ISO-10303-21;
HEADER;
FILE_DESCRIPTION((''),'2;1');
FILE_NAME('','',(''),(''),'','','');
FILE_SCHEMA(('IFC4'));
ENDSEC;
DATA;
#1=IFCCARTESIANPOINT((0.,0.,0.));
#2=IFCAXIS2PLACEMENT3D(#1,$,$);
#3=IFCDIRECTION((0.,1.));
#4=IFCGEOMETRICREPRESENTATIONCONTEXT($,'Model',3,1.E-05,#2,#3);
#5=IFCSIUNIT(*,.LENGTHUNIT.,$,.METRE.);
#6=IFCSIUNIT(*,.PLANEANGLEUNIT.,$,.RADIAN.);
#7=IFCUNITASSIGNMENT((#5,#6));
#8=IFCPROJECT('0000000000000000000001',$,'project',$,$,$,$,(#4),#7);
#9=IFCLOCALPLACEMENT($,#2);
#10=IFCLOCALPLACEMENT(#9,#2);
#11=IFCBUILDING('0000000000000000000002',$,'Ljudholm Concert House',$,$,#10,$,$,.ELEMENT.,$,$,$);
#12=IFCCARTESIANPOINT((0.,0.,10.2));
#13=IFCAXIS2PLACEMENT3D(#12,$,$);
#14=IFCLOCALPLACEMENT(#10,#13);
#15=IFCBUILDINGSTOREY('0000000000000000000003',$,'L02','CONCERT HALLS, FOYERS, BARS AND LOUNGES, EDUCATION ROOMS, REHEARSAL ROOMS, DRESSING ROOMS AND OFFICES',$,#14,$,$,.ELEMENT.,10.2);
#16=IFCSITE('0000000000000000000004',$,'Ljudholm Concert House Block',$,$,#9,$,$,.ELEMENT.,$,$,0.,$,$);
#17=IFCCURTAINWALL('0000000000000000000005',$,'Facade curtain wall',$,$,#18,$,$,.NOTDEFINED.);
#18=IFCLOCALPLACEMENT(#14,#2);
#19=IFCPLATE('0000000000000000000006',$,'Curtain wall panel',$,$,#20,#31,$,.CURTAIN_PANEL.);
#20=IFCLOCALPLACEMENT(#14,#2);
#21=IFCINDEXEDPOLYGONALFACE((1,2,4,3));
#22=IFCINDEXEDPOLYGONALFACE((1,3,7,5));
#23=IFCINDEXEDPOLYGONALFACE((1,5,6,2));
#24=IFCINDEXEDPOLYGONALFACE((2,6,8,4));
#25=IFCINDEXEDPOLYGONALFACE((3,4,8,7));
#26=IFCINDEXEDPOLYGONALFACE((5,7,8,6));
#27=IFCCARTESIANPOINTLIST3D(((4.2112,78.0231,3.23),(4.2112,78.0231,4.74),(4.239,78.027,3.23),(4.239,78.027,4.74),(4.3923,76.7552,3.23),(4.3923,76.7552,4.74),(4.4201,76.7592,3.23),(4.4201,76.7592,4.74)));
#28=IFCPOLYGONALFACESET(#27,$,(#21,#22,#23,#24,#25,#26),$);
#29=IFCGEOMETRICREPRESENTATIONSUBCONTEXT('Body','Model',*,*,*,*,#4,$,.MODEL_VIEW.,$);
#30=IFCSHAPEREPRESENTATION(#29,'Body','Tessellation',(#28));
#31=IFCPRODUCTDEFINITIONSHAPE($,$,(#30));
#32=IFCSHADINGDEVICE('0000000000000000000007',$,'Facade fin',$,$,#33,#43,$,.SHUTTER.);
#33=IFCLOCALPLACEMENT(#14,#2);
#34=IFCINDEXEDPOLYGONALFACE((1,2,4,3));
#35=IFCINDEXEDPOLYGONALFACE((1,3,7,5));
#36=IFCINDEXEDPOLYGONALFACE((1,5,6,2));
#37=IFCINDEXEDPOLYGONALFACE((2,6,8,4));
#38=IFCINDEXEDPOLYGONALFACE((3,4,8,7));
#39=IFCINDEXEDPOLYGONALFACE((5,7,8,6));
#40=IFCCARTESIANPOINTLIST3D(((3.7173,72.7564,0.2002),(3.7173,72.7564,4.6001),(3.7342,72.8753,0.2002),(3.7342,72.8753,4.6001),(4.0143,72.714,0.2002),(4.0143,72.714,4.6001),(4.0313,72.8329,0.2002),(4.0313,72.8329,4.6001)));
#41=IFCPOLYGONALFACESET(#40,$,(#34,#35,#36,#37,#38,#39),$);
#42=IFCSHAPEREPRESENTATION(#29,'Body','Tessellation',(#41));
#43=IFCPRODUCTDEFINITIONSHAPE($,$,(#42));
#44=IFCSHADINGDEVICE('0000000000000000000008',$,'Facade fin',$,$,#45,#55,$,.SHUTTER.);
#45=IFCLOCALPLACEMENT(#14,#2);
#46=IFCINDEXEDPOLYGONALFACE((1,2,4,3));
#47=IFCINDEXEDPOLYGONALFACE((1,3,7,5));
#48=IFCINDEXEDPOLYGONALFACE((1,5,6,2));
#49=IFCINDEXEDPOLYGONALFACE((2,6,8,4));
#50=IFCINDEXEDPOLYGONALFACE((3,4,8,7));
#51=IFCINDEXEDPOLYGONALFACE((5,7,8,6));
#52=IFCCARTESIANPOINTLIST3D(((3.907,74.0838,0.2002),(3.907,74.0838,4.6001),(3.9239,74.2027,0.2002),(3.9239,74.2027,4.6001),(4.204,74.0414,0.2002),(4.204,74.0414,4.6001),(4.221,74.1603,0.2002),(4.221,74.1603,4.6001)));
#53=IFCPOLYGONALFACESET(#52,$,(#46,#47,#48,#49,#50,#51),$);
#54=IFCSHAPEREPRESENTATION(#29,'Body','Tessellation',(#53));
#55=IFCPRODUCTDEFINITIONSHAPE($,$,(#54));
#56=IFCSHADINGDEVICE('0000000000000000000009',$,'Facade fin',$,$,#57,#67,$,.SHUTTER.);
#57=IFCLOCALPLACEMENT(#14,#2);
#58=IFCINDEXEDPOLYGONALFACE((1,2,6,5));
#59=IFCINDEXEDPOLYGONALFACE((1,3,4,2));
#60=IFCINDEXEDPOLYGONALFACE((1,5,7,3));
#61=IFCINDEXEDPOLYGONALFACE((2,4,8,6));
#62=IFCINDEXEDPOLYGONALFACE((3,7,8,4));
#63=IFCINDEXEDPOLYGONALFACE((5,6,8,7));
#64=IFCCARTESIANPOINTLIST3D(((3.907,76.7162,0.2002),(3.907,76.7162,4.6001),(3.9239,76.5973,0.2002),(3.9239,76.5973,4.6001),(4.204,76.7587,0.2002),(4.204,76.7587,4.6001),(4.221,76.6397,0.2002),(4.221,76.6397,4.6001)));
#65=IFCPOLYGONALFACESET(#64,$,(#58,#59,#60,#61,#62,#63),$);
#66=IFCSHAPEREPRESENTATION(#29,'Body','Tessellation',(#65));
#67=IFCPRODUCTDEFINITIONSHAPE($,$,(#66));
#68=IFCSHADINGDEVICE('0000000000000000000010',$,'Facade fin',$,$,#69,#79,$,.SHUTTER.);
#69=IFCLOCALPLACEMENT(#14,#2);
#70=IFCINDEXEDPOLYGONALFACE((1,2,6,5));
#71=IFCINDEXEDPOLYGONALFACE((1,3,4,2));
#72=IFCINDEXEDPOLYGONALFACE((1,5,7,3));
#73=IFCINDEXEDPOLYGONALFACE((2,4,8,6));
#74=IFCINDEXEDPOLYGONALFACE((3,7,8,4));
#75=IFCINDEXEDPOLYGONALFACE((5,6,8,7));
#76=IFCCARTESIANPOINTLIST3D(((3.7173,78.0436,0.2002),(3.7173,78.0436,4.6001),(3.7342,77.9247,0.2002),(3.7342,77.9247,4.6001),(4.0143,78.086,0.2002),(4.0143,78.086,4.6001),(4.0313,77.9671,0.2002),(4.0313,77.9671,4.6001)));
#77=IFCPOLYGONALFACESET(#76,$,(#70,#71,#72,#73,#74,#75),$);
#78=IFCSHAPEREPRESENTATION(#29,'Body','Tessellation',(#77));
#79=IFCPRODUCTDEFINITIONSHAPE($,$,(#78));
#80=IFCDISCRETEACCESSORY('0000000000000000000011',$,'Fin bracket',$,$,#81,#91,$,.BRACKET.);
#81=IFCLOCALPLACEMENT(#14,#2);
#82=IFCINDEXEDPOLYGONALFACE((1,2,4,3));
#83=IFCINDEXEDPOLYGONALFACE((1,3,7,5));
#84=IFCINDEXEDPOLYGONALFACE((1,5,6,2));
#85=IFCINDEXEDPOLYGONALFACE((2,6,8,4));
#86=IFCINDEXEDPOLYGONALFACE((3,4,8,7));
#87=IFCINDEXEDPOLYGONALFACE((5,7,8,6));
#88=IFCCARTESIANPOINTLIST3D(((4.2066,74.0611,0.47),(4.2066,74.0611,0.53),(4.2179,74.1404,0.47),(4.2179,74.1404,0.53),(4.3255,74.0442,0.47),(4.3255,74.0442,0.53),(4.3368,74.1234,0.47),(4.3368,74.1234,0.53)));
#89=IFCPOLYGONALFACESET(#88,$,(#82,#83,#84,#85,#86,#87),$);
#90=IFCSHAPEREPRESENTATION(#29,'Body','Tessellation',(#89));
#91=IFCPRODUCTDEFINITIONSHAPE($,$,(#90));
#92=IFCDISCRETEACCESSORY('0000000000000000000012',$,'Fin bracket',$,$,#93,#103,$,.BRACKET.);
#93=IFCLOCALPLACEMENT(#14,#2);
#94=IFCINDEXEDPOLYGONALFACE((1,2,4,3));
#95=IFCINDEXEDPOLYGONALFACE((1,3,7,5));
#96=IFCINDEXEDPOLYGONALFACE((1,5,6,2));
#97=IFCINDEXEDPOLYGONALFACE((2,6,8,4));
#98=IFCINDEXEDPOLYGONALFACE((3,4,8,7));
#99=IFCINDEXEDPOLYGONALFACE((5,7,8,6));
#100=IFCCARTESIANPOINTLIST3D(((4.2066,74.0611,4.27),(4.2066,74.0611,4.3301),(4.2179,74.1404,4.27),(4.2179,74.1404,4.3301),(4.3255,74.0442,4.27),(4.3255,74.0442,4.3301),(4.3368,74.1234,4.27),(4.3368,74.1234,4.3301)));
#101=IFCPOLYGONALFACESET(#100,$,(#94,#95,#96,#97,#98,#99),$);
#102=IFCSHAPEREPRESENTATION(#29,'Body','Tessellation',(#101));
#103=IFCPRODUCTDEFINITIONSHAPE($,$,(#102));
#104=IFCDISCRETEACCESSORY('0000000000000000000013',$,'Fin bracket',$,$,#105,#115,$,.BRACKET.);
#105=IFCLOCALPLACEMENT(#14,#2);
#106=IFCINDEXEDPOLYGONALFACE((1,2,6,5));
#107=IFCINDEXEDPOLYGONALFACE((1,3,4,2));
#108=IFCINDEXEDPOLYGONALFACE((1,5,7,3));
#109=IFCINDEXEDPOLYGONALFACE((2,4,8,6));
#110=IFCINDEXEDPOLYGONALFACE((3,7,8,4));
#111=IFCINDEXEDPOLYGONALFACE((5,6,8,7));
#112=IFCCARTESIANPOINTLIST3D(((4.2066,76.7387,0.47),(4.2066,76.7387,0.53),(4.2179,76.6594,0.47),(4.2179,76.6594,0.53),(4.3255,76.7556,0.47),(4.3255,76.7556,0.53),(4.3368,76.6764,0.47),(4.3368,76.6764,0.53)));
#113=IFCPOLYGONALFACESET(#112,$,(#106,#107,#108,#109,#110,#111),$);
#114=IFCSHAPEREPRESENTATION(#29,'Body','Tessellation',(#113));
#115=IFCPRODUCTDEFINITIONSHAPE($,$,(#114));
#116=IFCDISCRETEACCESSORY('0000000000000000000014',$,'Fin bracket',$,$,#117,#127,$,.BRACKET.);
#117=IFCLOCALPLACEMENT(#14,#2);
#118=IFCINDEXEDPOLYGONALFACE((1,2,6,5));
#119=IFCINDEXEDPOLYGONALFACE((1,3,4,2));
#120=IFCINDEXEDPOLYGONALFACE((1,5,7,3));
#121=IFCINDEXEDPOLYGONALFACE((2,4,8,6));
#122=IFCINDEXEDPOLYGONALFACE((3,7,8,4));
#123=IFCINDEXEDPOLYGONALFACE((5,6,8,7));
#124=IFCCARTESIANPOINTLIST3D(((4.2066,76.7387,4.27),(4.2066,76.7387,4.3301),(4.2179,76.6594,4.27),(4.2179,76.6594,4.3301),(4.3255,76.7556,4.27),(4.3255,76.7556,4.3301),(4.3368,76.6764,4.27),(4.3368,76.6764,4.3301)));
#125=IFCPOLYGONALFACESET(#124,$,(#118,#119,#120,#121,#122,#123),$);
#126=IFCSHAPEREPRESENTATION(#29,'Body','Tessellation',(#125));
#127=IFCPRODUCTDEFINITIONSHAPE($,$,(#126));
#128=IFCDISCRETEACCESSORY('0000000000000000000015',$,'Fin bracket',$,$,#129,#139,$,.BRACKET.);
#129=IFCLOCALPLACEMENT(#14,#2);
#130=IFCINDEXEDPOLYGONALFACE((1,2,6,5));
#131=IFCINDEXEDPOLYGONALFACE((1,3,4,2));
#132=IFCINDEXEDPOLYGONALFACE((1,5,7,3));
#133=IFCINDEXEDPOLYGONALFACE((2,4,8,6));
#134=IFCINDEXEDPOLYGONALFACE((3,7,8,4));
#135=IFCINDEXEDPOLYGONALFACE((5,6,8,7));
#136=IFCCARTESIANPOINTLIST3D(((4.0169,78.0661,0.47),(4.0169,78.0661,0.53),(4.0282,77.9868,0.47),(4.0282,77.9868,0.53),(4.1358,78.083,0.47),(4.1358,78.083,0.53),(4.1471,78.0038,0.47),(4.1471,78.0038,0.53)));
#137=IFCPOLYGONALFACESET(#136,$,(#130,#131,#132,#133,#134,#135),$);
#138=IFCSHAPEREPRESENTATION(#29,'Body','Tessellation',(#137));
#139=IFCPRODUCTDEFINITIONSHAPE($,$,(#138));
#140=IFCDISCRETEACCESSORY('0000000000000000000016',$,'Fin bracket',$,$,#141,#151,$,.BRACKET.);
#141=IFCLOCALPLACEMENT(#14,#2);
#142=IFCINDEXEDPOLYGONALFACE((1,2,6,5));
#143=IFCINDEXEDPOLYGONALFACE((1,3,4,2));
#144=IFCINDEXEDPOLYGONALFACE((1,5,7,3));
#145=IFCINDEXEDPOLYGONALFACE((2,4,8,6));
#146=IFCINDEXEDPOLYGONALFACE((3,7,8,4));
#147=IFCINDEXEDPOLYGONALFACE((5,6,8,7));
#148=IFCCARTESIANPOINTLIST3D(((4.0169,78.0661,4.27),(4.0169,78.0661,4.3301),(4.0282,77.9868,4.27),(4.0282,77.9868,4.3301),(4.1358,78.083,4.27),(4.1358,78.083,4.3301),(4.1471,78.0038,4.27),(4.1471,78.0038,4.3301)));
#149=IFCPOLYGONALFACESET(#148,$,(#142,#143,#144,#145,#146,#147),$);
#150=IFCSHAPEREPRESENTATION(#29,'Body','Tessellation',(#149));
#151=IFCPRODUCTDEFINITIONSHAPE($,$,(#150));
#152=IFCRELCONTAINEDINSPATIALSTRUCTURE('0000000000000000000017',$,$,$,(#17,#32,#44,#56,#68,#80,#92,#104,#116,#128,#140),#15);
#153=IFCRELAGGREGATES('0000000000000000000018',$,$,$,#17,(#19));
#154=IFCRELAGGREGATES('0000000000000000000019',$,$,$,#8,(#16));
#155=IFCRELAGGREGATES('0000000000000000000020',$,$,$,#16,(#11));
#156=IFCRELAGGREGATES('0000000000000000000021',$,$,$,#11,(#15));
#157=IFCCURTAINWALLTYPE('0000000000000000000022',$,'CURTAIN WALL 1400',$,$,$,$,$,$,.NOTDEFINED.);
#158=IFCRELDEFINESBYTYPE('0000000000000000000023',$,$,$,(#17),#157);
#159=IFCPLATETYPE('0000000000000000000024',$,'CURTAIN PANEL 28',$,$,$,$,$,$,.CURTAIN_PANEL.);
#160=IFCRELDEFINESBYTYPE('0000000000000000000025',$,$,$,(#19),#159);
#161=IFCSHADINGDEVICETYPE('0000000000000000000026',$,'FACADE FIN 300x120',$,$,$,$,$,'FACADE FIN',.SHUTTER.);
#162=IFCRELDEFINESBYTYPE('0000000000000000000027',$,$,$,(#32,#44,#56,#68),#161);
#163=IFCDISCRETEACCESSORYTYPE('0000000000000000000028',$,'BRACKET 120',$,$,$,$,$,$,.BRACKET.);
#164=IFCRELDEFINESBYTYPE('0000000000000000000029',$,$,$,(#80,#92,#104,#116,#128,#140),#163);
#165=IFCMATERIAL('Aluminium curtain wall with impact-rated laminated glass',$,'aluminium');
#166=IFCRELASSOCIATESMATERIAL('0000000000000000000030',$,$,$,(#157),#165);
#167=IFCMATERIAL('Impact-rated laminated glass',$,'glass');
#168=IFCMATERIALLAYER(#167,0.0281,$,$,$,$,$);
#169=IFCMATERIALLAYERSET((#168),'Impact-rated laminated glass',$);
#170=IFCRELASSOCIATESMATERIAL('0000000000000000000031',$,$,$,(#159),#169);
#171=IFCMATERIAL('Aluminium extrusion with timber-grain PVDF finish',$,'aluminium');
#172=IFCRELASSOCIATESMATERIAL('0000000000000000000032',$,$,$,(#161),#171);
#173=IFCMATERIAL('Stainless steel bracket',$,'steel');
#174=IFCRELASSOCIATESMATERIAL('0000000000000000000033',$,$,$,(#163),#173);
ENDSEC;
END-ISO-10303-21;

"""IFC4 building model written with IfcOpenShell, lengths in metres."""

from ifc_helpers import new_model, si_unit, direction, frame, origin, origin_2d, place, context, subcontext, project, spatial, rectangle, extrude, material, layer, layer_set, type_object, element, aggregate, save


model = new_model("IFC4")

# Units and contexts
model_context = context("Model", 3, precision=1e-05, world=origin(), true_north=direction((0.0, 1.0)))
body_context = subcontext(model_context, "Body", "Model", "MODEL_VIEW")
ifc_project = project(units=[si_unit("LENGTHUNIT", "METRE"), si_unit("PLANEANGLEUNIT", "RADIAN")], contexts=[model_context])

# Site, building, storey
site_placement = place(None, origin())
site = spatial("IfcSite", under=ifc_project, at=site_placement, Name="Ljudholm Concert House Block", CompositionType="ELEMENT", RefElevation=0.0)
building_placement = place(site_placement, origin())
building = spatial("IfcBuilding", under=site, at=building_placement, Name="Ljudholm Concert House", CompositionType="ELEMENT")
storey_placement = place(building_placement, frame((0.0, 0.0, 10.2)))
storey = spatial("IfcBuildingStorey", under=building, at=storey_placement, Name="L02", Description="CONCERT HALLS, FOYERS, BARS AND LOUNGES, EDUCATION ROOMS, REHEARSAL ROOMS, DRESSING ROOMS AND OFFICES", CompositionType="ELEMENT", Elevation=10.2)

# Curtain wall
ifc_material_1 = material(Name="Aluminium curtain wall with impact-rated laminated glass", Category="aluminium")
curtain_wall_type = type_object("IfcCurtainWallType", Name="CURTAIN WALL 1400", PredefinedType="NOTDEFINED", material=ifc_material_1)
curtain_wall_1_placement = place(storey_placement, origin())
curtain_wall_1 = element("IfcCurtainWall", 1, at=curtain_wall_1_placement, inside=storey, type_object=curtain_wall_type, Name="Facade curtain wall", PredefinedType="NOTDEFINED")

# Plate
ifc_material_2 = material(Name="Impact-rated laminated glass", Category="glass")
ifc_layer = layer(ifc_material_2, 0.0281)
ifc_layer_set = layer_set([ifc_layer], Name="Impact-rated laminated glass")
plate_type = type_object("IfcPlateType", Name="CURTAIN PANEL 28", PredefinedType="CURTAIN_PANEL", material=ifc_layer_set)
plate_1_placement = place(storey_placement, frame((4.3157, 77.3911, 3.23), z_axis=(0.0, 0.0, 1.0), x_axis=(-0.141421, 0.989949, 0.0)))
plate_1 = element("IfcPlate", 2, at=plate_1_placement, type_object=plate_type, Name="Curtain wall panel", PredefinedType="CURTAIN_PANEL", context=body_context, shape_type="SweptSolid", body=[
    extrude(rectangle(XDim=1.2808, YDim=0.0281, at=origin_2d()), origin(), (0.0, 0.0, 1.0), 1.51),
])
aggregate(curtain_wall_1, [plate_1])

# Shading devices
ifc_material_3 = material(Name="Aluminium extrusion with timber-grain PVDF finish", Category="aluminium")
shading_device_type = type_object("IfcShadingDeviceType", Name="FACADE FIN 300x120", ElementType="FACADE FIN", PredefinedType="SHUTTER", material=ifc_material_3)
for number, where, z_axis, x_axis, name in (
    (3, (3.8743, 72.7947, 0.2002), (0.0, 0.0, 1.0), (-0.989949, 0.141421, 0.0), "Facade fin"),
    (4, (4.064, 74.1221, 0.2002), (0.0, 0.0, 1.0), (-0.989949, 0.141421, 0.0), "Facade fin"),
    (5, (4.064, 76.678, 0.2002), (0.0, 0.0, 1.0), (-0.989949, -0.141421, 0.0), "Facade fin"),
    (6, (3.8743, 78.0054, 0.2002), (0.0, 0.0, 1.0), (-0.989949, -0.141421, 0.0), "Facade fin"),
):
    element("IfcShadingDevice", number, at=place(storey_placement, frame(where, z_axis=z_axis, x_axis=x_axis)), inside=storey, type_object=shading_device_type, Name=name, PredefinedType="SHUTTER", context=body_context, shape_type="SweptSolid", body=[
        extrude(rectangle(XDim=0.3, YDim=0.1201, at=origin_2d()), origin(), (0.0, 0.0, 1.0), 4.3999),
    ])

# Discrete accessories
ifc_material_4 = material(Name="Stainless steel bracket", Category="steel")
discrete_accessory_type = type_object("IfcDiscreteAccessoryType", Name="BRACKET 120", PredefinedType="BRACKET", material=ifc_material_4)
for number, where, z_axis, x_axis, name in (
    (7, (4.2717, 74.0923, 0.47), (0.0, 0.0, 1.0), (-0.989949, 0.141421, 0.0), "Fin bracket"),
    (8, (4.2717, 74.0923, 4.27), (0.0, 0.0, 1.0), (-0.989949, 0.141421, 0.0), "Fin bracket"),
    (9, (4.2717, 76.7075, 0.47), (0.0, 0.0, 1.0), (-0.989949, -0.141421, 0.0), "Fin bracket"),
    (10, (4.2717, 76.7075, 4.27), (0.0, 0.0, 1.0), (-0.989949, -0.141421, 0.0), "Fin bracket"),
    (11, (4.082, 78.0349, 0.47), (0.0, 0.0, 1.0), (-0.989949, -0.141421, 0.0), "Fin bracket"),
    (12, (4.082, 78.0349, 4.27), (0.0, 0.0, 1.0), (-0.989949, -0.141421, 0.0), "Fin bracket"),
):
    element("IfcDiscreteAccessory", number, at=place(storey_placement, frame(where, z_axis=z_axis, x_axis=x_axis)), inside=storey, type_object=discrete_accessory_type, Name=name, PredefinedType="BRACKET", context=body_context, shape_type="SweptSolid", body=[
        extrude(rectangle(XDim=0.1201, YDim=0.0801, at=origin_2d()), origin(), (0.0, 0.0, 1.0), 0.0601),
    ])

save(model, "model.ifc")
